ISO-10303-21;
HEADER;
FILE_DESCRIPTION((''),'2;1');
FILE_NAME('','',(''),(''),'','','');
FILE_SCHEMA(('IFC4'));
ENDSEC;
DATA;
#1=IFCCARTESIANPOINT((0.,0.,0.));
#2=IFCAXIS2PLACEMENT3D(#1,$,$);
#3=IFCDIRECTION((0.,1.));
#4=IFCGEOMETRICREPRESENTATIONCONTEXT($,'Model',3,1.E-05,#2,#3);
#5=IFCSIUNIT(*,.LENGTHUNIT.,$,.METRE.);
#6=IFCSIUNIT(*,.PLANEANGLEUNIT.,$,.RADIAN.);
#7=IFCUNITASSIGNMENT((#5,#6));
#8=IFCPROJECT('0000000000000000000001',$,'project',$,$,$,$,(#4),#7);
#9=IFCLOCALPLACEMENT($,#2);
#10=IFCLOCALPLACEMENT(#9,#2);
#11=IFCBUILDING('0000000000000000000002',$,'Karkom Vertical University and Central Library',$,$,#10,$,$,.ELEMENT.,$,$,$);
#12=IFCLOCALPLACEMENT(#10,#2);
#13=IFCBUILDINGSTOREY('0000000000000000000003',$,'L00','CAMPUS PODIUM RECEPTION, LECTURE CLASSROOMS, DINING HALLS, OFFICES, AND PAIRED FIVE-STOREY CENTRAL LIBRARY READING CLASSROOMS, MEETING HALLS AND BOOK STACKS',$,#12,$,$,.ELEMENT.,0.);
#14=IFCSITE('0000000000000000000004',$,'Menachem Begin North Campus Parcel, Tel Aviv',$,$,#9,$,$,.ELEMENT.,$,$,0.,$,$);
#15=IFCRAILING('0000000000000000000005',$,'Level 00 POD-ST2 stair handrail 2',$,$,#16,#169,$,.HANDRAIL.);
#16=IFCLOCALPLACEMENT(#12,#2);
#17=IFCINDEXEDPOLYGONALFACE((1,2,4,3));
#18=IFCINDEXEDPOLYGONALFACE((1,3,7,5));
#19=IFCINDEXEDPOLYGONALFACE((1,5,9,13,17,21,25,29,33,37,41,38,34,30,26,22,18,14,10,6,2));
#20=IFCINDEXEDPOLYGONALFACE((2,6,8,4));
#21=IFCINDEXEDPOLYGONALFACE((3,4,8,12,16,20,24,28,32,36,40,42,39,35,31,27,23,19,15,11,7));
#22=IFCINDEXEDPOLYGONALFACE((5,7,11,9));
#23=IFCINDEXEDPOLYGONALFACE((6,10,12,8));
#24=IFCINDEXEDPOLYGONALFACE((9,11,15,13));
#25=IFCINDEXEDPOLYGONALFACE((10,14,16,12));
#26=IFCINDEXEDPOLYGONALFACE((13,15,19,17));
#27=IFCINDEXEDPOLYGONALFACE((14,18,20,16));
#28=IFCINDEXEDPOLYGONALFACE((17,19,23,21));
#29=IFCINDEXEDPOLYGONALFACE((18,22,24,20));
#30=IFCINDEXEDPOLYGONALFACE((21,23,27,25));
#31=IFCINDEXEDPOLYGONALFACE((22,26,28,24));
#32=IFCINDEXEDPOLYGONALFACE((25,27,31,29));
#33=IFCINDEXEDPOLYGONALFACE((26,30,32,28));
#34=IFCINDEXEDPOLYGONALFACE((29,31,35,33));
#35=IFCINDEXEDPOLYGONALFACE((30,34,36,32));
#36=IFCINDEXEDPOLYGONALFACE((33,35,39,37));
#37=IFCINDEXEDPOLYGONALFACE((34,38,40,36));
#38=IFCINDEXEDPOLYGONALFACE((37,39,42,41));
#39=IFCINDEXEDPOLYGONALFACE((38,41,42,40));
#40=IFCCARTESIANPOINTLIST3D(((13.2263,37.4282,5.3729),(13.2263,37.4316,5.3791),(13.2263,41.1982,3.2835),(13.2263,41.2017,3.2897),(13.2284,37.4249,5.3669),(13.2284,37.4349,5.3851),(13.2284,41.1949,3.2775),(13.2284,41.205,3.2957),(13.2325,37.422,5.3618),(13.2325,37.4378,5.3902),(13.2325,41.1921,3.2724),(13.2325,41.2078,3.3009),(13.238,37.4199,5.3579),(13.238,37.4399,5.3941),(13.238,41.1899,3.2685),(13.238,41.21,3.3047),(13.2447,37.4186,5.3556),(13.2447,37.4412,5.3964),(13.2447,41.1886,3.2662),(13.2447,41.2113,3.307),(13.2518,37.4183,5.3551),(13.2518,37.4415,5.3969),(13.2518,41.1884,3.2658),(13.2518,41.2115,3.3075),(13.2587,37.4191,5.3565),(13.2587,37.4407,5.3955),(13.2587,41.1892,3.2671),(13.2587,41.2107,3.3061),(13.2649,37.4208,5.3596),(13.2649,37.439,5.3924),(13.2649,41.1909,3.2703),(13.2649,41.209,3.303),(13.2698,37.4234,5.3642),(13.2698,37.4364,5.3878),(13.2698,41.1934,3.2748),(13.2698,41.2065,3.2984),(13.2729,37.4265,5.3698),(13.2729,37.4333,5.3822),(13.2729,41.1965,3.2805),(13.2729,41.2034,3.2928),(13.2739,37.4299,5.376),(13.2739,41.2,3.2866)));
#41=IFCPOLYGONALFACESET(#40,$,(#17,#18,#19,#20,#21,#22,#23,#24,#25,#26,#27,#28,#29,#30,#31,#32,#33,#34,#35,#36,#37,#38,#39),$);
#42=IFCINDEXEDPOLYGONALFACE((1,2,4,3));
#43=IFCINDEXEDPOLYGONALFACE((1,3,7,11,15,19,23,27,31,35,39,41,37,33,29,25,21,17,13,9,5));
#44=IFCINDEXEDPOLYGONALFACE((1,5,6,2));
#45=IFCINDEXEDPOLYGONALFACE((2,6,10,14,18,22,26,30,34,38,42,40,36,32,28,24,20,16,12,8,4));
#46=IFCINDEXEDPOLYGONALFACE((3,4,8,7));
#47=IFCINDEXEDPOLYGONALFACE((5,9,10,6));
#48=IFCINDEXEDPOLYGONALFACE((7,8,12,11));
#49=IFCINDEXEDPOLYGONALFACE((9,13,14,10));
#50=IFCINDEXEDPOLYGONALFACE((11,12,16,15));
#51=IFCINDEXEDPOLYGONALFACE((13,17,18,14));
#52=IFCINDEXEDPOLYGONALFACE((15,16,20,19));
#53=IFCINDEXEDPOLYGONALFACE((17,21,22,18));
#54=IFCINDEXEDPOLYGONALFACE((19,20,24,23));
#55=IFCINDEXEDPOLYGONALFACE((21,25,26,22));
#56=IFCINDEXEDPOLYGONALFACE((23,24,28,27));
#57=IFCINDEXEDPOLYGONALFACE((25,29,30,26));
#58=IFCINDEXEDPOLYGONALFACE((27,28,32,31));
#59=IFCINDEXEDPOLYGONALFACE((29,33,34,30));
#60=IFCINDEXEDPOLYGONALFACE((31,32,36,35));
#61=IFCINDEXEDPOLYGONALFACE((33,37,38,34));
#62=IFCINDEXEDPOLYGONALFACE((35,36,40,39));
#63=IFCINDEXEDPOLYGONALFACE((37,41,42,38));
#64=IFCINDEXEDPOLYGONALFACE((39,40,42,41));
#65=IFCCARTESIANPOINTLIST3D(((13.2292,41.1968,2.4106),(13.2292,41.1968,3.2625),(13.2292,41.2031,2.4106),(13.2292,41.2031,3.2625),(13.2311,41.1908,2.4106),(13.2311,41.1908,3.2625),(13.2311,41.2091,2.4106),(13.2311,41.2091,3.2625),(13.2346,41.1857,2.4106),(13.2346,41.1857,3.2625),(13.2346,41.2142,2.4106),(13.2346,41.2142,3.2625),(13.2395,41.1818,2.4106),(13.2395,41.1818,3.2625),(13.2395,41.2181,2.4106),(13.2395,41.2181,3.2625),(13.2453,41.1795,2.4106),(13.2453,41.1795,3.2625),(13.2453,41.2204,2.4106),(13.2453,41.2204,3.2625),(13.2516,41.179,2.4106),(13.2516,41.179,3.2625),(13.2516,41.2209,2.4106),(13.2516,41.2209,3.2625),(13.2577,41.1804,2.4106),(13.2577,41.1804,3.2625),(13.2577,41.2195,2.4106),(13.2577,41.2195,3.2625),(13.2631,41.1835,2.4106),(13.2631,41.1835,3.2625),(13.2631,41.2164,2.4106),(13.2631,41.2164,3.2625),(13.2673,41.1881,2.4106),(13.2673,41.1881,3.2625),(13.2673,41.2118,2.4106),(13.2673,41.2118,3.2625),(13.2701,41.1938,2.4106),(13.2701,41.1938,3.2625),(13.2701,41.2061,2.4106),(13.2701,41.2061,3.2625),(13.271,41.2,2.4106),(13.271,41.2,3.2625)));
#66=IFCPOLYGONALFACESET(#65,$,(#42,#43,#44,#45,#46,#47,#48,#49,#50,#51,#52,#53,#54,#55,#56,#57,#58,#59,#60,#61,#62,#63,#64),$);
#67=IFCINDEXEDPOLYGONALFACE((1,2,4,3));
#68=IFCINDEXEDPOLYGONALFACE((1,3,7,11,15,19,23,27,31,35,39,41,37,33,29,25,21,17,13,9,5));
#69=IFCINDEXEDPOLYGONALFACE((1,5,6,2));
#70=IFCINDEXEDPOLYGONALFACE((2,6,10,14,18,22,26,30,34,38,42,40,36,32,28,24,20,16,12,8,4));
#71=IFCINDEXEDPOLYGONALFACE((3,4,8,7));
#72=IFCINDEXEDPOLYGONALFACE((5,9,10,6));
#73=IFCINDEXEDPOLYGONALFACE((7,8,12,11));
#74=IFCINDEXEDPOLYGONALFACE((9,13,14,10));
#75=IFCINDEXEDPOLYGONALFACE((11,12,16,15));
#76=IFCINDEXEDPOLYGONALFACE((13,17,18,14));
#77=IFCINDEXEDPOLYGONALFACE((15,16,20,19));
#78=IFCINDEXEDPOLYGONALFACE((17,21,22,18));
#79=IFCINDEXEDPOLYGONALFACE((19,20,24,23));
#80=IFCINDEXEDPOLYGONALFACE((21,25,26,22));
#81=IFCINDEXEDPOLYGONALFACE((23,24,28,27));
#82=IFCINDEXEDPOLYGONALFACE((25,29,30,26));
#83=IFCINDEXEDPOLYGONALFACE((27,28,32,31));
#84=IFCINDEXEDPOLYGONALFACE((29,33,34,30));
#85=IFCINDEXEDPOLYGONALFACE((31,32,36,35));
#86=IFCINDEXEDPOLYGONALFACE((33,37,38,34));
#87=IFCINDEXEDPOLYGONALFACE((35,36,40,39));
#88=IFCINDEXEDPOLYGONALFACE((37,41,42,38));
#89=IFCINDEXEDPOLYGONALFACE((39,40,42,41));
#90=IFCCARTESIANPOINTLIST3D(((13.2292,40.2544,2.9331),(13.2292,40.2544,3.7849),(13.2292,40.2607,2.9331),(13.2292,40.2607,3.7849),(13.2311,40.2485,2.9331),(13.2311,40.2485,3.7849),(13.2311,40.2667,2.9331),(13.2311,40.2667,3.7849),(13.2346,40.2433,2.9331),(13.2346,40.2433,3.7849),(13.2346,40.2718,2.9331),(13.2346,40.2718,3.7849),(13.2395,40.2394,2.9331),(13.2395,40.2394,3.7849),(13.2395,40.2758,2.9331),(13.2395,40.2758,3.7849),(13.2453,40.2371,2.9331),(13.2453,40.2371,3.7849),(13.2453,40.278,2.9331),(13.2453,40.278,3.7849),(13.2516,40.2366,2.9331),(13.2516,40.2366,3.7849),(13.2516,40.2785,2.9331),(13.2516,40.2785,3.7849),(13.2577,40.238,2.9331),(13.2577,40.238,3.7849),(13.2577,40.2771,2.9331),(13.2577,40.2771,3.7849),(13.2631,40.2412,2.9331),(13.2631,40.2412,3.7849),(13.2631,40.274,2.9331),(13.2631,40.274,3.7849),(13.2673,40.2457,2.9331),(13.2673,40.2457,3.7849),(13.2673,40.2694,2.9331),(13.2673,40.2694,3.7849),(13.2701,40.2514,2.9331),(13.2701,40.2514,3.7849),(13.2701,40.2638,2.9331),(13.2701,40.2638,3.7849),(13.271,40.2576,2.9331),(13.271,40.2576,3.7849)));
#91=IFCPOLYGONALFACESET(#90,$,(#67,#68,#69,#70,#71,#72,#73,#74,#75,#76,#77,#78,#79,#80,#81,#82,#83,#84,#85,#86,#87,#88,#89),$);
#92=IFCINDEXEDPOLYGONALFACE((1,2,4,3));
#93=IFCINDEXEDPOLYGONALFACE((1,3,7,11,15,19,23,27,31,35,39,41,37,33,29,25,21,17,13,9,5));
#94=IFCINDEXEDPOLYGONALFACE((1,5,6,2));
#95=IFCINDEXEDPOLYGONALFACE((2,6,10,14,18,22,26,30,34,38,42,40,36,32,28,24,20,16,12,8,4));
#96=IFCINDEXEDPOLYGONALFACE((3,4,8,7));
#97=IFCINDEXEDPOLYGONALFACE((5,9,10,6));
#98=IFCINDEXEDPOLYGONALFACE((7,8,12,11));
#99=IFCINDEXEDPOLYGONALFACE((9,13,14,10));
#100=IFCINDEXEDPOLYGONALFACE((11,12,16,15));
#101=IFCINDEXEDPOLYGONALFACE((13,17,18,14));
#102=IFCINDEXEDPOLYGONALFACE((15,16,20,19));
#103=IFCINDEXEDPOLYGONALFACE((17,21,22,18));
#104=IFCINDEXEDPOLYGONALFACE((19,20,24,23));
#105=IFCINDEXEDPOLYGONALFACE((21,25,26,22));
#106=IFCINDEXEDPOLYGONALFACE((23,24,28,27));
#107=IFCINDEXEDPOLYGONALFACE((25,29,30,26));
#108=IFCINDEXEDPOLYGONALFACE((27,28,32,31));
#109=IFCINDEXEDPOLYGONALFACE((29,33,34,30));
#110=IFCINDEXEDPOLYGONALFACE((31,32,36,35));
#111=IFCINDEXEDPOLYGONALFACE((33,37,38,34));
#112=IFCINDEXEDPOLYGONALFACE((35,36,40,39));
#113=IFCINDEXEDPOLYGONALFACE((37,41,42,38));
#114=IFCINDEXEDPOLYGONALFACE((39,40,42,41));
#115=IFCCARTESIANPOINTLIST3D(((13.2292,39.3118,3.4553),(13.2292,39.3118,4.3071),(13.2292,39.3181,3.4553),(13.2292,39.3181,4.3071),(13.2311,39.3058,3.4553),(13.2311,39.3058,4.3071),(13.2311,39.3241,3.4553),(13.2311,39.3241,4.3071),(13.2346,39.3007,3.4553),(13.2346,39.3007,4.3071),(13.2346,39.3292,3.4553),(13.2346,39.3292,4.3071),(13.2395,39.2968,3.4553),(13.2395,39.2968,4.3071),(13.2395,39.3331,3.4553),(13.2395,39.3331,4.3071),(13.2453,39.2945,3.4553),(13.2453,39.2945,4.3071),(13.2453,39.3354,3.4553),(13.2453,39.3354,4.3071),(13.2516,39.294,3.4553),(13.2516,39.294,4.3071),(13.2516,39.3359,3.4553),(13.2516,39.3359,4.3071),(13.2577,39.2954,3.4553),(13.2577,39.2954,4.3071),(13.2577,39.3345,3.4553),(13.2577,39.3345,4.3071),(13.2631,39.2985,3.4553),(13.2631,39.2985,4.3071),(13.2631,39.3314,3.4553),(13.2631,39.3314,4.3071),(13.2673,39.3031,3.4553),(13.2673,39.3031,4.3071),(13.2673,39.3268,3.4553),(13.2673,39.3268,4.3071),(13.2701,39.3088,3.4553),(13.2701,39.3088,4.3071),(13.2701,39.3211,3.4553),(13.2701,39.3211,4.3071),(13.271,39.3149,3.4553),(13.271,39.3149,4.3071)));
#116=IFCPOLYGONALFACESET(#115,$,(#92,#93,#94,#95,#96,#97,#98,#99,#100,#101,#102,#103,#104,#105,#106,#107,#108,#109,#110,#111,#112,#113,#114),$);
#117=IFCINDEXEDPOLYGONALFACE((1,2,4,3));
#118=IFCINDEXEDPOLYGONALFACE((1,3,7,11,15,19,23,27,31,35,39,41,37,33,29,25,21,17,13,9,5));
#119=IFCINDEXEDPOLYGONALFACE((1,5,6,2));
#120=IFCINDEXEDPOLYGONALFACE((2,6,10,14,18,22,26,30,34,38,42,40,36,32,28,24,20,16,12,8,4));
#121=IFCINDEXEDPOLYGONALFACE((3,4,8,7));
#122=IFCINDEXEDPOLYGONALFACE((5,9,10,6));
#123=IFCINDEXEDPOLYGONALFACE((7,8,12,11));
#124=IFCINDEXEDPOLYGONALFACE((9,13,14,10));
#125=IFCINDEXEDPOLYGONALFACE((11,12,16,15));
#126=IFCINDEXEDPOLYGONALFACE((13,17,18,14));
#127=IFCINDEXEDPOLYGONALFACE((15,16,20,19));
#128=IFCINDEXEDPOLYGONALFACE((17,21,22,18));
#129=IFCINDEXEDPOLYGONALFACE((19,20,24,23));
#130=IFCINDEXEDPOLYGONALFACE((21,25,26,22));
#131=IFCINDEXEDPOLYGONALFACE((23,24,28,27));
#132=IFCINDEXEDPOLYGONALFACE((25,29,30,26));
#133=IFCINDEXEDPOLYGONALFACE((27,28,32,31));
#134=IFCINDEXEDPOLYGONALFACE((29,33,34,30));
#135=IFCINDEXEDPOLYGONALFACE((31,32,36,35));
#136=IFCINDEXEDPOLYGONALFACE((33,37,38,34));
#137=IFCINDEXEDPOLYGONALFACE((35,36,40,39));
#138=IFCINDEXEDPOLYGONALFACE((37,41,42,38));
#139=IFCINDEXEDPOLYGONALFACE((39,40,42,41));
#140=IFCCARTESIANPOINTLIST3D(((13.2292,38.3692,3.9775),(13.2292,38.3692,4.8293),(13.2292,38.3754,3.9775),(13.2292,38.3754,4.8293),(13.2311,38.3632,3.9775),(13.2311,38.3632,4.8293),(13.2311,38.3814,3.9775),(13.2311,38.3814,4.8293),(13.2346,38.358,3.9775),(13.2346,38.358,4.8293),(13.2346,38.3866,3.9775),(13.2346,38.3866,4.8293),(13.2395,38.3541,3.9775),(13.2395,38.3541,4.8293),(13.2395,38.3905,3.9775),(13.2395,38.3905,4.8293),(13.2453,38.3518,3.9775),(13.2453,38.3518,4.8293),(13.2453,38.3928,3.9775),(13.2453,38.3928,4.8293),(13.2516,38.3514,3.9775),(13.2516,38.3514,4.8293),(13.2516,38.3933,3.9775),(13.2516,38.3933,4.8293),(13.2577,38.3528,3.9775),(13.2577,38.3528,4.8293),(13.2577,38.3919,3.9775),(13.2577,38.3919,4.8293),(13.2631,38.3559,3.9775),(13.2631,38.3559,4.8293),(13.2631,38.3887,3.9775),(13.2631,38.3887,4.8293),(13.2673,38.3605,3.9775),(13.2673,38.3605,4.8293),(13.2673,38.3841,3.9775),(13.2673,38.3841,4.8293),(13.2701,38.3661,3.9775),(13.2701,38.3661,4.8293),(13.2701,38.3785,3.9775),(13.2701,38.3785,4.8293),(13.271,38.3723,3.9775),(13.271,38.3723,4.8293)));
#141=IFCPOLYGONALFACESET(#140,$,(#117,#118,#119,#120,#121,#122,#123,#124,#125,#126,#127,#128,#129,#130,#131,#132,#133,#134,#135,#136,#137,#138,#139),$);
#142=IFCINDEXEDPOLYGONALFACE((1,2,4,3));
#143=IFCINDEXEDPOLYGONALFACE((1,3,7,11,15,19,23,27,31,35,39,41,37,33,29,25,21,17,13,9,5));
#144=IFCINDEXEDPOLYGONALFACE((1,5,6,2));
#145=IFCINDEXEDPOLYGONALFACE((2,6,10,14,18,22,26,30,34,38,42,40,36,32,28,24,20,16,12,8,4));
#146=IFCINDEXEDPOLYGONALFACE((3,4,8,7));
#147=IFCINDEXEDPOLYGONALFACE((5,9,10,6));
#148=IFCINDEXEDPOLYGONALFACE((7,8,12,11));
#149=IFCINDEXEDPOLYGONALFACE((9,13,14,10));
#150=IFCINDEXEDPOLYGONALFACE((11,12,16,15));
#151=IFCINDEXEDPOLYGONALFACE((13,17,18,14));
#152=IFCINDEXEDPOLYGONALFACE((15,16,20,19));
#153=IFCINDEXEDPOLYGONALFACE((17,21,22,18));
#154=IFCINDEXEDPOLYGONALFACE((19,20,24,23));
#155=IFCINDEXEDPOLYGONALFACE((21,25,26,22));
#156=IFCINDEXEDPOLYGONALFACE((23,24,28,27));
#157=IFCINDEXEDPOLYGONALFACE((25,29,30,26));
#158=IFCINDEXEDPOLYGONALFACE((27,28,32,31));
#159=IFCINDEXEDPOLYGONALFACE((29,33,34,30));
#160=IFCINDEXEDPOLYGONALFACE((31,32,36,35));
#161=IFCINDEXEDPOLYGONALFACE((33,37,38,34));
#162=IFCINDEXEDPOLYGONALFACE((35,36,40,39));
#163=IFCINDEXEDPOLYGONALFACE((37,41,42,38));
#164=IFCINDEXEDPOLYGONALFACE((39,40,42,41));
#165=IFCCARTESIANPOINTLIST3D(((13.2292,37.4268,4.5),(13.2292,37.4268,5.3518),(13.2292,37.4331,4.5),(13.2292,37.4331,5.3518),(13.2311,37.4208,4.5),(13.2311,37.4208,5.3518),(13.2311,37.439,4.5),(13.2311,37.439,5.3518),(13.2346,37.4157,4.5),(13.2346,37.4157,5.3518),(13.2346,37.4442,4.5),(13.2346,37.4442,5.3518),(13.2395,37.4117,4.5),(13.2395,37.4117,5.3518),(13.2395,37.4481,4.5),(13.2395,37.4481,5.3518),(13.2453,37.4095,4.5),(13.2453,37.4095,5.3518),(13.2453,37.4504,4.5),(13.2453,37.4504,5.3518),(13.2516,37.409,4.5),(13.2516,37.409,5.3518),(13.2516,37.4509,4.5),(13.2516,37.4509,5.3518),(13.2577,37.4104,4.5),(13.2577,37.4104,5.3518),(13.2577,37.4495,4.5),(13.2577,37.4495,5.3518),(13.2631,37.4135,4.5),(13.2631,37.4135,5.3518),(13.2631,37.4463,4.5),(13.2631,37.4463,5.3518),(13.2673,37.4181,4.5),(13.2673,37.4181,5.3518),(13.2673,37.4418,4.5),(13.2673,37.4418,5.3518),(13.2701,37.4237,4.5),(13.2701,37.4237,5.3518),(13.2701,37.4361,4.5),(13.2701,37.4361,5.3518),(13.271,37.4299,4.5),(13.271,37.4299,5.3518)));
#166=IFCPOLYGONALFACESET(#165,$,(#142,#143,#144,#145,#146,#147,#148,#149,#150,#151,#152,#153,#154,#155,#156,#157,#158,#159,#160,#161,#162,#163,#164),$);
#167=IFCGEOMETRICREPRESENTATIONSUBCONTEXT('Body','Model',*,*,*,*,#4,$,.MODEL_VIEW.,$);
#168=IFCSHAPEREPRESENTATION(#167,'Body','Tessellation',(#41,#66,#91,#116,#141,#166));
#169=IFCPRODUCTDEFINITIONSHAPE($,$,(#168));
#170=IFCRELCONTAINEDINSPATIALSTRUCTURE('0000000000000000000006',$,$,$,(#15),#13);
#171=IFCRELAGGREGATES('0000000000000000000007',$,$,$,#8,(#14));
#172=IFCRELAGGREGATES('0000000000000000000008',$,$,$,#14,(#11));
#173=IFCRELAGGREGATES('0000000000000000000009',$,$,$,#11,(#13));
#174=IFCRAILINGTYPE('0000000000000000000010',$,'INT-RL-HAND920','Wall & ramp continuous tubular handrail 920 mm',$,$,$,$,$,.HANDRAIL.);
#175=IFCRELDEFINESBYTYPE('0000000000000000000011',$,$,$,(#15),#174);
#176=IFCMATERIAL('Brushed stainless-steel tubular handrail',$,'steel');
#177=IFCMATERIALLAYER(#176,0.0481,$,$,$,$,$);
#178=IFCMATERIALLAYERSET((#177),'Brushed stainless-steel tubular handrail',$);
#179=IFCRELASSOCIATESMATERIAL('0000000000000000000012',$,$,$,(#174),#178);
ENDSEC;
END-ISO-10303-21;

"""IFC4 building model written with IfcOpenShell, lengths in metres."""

from ifc_helpers import new_model, si_unit, direction, frame, origin, origin_2d, place, context, subcontext, project, spatial, circle, extrude, material, layer, layer_set, type_object, element, save


model = new_model("IFC4")

# Units and contexts
model_context = context("Model", 3, precision=1e-05, world=origin(), true_north=direction((0.0, 1.0)))
body_context = subcontext(model_context, "Body", "Model", "MODEL_VIEW")
ifc_project = project(units=[si_unit("LENGTHUNIT", "METRE"), si_unit("PLANEANGLEUNIT", "RADIAN")], contexts=[model_context])

# Site, building, storey
site_placement = place(None, origin())
site = spatial("IfcSite", under=ifc_project, at=site_placement, Name="Menachem Begin North Campus Parcel, Tel Aviv", CompositionType="ELEMENT", RefElevation=0.0)
building_placement = place(site_placement, origin())
building = spatial("IfcBuilding", under=site, at=building_placement, Name="Karkom Vertical University and Central Library", CompositionType="ELEMENT")
storey_placement = place(building_placement, origin())
storey = spatial("IfcBuildingStorey", under=building, at=storey_placement, Name="L00", Description="CAMPUS PODIUM RECEPTION, LECTURE CLASSROOMS, DINING HALLS, OFFICES, AND PAIRED FIVE-STOREY CENTRAL LIBRARY READING CLASSROOMS, MEETING HALLS AND BOOK STACKS", CompositionType="ELEMENT", Elevation=0.0)

# Railing
ifc_material_1 = material(Name="Brushed stainless-steel tubular handrail", Category="steel")
ifc_layer_1 = layer(ifc_material_1, 0.0481)
ifc_layer_set_1 = layer_set([ifc_layer_1], Name="Brushed stainless-steel tubular handrail")
railing_type = type_object("IfcRailingType", Name="INT-RL-HAND920", Description="Wall & ramp continuous tubular handrail 920 mm", PredefinedType="HANDRAIL", material=ifc_layer_set_1)
railing_placement = place(storey_placement, frame((13.25, 41.2, 2.4106)))
element("IfcRailing", 1, at=railing_placement, inside=storey, type_object=railing_type, Name="Level 00 POD-ST2 stair handrail 2", PredefinedType="HANDRAIL", context=body_context, shape_type="SweptSolid", body=[
    extrude(circle(Radius=0.0239, at=origin_2d()), frame((0.0, 0.0, 0.876), z_axis=(0.0, -0.874659, 0.484739), x_axis=(1.0, 0.0, 0.0)), (0.0, 0.0, 1.0), 4.3103),
    extrude(circle(Radius=0.021, at=origin_2d()), origin(), (0.0, 0.0, 1.0), 0.8518),
    extrude(circle(Radius=0.021, at=origin_2d()), frame((0.0, -0.9424, 0.5225)), (0.0, 0.0, 1.0), 0.8518),
    extrude(circle(Radius=0.021, at=origin_2d()), frame((0.0, -1.885, 1.0447)), (0.0, 0.0, 1.0), 0.8518),
    extrude(circle(Radius=0.021, at=origin_2d()), frame((0.0, -2.8276, 1.5669)), (0.0, 0.0, 1.0), 0.8518),
    extrude(circle(Radius=0.021, at=origin_2d()), frame((0.0, -3.77, 2.0894)), (0.0, 0.0, 1.0), 0.8518),
])

save(model, "model.ifc")
